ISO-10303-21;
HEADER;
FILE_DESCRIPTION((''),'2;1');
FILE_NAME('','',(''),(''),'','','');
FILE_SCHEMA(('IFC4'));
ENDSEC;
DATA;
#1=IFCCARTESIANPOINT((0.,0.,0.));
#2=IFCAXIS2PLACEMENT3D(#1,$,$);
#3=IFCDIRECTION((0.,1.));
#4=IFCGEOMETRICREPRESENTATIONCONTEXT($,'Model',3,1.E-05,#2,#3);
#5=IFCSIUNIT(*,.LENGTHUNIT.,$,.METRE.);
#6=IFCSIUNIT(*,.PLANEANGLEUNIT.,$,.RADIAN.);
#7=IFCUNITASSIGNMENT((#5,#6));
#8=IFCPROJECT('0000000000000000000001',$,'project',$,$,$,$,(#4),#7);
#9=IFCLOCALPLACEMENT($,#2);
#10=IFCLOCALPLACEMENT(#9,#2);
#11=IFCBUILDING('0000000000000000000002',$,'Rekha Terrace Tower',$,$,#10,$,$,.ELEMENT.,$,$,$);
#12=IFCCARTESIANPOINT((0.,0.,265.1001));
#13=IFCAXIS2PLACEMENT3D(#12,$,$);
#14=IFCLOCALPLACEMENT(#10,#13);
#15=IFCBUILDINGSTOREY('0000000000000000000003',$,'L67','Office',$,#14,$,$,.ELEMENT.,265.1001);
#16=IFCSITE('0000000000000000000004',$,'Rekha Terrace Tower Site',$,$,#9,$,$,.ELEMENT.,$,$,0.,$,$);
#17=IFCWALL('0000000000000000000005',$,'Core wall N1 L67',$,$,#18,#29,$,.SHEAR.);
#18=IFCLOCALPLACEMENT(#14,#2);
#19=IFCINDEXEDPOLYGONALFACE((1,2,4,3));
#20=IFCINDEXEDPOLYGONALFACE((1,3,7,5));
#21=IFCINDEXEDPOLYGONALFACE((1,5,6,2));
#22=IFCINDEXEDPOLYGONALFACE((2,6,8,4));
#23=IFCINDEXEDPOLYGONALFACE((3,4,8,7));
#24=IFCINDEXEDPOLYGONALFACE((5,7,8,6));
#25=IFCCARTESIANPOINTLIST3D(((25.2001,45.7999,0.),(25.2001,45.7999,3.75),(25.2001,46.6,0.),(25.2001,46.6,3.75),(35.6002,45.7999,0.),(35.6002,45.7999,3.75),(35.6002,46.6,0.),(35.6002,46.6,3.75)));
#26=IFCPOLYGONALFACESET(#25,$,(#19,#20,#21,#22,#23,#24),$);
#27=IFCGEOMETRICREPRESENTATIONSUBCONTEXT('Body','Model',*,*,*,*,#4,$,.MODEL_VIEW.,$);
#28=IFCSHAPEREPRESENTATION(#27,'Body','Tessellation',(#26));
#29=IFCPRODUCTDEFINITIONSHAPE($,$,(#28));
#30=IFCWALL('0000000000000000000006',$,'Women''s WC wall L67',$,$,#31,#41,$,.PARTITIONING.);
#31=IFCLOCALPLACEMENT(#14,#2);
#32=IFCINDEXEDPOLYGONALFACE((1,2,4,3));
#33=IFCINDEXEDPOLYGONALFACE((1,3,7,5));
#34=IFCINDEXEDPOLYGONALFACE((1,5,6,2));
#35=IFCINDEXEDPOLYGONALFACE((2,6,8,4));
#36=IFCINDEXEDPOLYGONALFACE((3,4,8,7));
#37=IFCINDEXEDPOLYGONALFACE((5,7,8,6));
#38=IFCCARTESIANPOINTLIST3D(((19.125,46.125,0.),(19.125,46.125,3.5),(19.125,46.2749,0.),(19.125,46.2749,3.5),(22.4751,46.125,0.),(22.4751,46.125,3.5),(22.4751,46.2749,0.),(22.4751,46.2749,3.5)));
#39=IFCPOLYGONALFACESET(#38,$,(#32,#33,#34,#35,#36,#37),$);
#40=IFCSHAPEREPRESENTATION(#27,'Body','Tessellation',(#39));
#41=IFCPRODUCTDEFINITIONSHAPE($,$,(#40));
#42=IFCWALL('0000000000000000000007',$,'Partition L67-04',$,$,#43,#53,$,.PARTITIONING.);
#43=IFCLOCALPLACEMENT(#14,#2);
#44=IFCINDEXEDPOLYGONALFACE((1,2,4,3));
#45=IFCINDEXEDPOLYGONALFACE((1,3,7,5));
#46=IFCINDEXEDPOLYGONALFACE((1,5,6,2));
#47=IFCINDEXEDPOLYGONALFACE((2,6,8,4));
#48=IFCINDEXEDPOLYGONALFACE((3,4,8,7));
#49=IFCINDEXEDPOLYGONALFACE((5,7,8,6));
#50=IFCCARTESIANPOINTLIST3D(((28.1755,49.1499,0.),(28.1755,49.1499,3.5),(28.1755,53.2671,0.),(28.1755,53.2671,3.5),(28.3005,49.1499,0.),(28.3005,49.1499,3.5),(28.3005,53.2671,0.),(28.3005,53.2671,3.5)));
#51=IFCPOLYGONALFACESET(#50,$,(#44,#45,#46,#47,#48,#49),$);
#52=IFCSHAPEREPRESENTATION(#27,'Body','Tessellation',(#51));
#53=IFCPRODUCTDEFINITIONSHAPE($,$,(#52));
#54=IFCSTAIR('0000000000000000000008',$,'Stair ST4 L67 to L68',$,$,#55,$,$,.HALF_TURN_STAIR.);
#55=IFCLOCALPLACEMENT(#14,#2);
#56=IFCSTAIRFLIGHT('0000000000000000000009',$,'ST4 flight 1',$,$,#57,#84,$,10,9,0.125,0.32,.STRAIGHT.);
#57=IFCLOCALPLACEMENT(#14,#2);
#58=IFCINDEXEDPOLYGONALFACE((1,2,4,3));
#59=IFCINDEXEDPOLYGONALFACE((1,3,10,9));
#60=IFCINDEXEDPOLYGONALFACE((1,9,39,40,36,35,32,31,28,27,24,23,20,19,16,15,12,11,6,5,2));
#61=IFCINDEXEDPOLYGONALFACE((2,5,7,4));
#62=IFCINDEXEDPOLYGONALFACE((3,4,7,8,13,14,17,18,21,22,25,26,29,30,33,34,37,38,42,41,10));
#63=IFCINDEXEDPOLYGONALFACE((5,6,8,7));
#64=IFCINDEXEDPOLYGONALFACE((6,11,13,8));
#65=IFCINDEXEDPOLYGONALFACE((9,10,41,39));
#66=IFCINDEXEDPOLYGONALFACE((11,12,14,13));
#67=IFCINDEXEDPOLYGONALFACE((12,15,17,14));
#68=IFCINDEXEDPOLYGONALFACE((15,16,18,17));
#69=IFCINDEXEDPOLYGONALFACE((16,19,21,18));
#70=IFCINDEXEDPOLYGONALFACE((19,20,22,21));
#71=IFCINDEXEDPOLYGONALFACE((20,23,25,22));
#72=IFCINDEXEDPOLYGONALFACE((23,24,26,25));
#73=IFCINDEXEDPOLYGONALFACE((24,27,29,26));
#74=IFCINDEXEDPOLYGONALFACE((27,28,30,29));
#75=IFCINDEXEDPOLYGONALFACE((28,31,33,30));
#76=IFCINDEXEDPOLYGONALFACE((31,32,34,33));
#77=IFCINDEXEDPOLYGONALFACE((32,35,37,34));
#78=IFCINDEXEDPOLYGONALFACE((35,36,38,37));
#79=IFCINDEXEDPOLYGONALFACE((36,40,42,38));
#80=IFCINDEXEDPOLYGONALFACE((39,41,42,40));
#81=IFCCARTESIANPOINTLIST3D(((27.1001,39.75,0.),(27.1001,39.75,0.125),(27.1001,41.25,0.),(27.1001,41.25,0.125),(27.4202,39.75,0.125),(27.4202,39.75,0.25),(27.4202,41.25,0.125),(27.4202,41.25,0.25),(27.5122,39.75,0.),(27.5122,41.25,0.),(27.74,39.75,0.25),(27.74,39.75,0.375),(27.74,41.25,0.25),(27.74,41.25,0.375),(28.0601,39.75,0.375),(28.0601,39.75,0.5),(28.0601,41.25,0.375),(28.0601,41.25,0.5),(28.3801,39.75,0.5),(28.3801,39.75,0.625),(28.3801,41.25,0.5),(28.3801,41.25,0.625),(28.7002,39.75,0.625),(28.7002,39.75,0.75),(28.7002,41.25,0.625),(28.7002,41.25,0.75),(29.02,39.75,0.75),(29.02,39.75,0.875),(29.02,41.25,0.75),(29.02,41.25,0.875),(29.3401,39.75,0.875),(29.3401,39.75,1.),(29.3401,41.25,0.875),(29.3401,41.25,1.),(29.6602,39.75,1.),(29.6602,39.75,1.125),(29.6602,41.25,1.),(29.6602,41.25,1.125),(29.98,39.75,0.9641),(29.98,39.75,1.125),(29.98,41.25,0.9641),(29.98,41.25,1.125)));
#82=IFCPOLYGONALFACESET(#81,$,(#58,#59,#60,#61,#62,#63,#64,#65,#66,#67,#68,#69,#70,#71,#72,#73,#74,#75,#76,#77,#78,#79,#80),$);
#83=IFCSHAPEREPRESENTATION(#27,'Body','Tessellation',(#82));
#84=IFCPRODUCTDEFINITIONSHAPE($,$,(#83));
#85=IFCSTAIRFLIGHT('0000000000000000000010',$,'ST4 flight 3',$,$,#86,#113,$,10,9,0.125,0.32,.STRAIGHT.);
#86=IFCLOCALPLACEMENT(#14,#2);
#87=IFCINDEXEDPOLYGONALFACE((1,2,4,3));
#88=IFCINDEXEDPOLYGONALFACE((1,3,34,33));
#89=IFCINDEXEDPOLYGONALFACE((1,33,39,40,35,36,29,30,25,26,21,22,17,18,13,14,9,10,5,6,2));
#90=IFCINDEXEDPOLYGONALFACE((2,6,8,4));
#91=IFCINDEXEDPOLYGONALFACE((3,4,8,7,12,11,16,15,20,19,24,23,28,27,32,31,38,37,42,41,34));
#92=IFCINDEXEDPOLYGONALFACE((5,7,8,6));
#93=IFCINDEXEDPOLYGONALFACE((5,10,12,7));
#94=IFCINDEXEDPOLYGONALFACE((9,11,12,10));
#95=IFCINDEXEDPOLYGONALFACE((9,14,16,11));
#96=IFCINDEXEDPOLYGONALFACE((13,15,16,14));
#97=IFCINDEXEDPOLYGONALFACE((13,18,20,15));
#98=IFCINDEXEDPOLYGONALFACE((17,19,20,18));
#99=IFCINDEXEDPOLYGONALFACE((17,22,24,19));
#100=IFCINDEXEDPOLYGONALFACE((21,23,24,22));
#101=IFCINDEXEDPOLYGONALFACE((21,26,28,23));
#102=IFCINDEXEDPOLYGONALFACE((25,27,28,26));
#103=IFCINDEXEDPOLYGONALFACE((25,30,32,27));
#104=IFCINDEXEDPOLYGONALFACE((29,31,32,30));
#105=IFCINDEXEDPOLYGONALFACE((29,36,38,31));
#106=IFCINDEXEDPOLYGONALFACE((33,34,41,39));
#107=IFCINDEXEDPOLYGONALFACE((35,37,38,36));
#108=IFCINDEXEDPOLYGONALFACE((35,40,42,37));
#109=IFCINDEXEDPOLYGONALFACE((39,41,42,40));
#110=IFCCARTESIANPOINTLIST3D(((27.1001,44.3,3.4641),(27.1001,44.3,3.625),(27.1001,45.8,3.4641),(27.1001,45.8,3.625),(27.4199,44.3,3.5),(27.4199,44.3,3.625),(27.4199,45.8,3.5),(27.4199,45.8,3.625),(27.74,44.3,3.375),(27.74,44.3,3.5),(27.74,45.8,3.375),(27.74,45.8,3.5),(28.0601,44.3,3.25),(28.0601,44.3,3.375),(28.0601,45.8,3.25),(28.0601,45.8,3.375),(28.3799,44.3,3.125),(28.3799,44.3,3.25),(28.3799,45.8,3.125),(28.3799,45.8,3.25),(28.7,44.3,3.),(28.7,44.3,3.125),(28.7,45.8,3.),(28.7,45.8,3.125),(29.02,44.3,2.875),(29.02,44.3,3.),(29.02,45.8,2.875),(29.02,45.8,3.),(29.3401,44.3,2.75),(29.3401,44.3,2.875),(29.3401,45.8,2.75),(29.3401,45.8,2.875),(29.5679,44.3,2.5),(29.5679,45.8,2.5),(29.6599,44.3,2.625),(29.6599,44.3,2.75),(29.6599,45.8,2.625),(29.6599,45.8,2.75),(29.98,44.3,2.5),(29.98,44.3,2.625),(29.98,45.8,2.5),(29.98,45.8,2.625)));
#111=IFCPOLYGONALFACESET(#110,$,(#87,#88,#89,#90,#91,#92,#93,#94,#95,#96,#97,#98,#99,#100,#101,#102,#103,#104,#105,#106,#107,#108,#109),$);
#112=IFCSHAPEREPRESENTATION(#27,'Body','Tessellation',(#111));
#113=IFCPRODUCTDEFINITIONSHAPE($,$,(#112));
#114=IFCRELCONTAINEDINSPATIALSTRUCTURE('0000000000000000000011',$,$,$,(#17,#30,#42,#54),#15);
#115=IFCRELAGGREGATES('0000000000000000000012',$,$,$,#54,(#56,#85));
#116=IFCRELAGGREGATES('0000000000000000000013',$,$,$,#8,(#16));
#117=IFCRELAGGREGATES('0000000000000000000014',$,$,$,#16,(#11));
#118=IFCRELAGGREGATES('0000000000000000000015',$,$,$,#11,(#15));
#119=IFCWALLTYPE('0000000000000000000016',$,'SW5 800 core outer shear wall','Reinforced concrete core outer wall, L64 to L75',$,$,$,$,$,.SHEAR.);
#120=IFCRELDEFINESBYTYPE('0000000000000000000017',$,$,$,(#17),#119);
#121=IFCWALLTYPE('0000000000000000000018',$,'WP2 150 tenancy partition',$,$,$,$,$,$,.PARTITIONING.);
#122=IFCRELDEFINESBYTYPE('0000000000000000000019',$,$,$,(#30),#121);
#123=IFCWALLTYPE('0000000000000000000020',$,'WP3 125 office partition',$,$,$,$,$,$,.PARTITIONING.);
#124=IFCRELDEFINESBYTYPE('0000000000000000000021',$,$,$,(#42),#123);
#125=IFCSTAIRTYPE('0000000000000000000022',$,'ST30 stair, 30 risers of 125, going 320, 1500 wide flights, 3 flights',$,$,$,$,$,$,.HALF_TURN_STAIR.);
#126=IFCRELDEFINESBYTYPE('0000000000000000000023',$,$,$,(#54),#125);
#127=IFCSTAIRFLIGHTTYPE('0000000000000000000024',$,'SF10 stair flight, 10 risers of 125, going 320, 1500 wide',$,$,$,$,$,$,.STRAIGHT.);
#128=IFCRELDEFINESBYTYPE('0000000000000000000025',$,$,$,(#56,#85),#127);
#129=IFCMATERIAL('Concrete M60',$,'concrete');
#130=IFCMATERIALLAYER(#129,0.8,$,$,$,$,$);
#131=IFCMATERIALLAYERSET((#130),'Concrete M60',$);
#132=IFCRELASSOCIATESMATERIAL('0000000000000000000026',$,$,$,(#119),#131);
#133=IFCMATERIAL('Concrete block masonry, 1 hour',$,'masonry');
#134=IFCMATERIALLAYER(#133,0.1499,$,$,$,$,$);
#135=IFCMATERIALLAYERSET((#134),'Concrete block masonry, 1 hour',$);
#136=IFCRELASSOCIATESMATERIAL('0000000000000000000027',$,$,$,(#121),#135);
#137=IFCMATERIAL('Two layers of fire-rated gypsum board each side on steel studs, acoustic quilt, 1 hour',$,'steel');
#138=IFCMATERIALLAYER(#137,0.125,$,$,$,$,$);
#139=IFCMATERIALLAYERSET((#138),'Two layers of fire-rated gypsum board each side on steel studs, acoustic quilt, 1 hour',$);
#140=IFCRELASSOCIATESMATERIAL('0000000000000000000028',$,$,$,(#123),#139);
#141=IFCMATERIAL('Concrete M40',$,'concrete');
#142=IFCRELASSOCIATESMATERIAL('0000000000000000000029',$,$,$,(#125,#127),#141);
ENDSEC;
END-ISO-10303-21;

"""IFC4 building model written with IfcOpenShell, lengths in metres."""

from ifc_helpers import new_model, si_unit, direction, frame, frame_2d, origin, place, context, subcontext, project, spatial, polyline, rectangle, outline, extrude, material, layer, layer_set, type_object, element, aggregate, save


model = new_model("IFC4")

# Units and contexts
model_context = context("Model", 3, precision=1e-05, world=origin(), true_north=direction((0.0, 1.0)))
body_context = subcontext(model_context, "Body", "Model", "MODEL_VIEW")
ifc_project = project(units=[si_unit("LENGTHUNIT", "METRE"), si_unit("PLANEANGLEUNIT", "RADIAN")], contexts=[model_context])

# Site, building, storey
site_placement = place(None, origin())
site = spatial("IfcSite", under=ifc_project, at=site_placement, Name="Rekha Terrace Tower Site", CompositionType="ELEMENT", RefElevation=0.0)
building_placement = place(site_placement, origin())
building = spatial("IfcBuilding", under=site, at=building_placement, Name="Rekha Terrace Tower", CompositionType="ELEMENT")
storey_placement = place(building_placement, frame((0.0, 0.0, 265.1001)))
storey = spatial("IfcBuildingStorey", under=building, at=storey_placement, Name="L67", Description="Office", CompositionType="ELEMENT", Elevation=265.1001)

# Shared definitions
ifc_material_1 = material(Name="Concrete M60", Category="concrete")

# Walls
ifc_layer_1 = layer(ifc_material_1, 0.8)
ifc_layer_set_1 = layer_set([ifc_layer_1], Name="Concrete M60")
wall_type_1 = type_object("IfcWallType", Name="SW5 800 core outer shear wall", Description="Reinforced concrete core outer wall, L64 to L75", PredefinedType="SHEAR", material=ifc_layer_set_1)
wall_1_placement = place(storey_placement, frame((25.2, 46.2, 0.0), z_axis=(0.0, 0.0, 1.0), x_axis=(1.0, 0.0, 0.0)))
element("IfcWall", 1, at=wall_1_placement, inside=storey, type_object=wall_type_1, Name="Core wall N1 L67", PredefinedType="SHEAR", context=body_context, shape_type="SweptSolid", body=[
    extrude(rectangle(XDim=10.4001, YDim=0.8, at=frame_2d((5.2002, 0.0))), origin(), (0.0, 0.0, 1.0), 3.75),
])
ifc_material_2 = material(Name="Concrete block masonry, 1 hour", Category="masonry")
ifc_layer_2 = layer(ifc_material_2, 0.1499)
ifc_layer_set_2 = layer_set([ifc_layer_2], Name="Concrete block masonry, 1 hour")
wall_type_2 = type_object("IfcWallType", Name="WP2 150 tenancy partition", PredefinedType="PARTITIONING", material=ifc_layer_set_2)
wall_2_placement = place(storey_placement, frame((19.125, 46.2, 0.0), z_axis=(0.0, 0.0, 1.0), x_axis=(1.0, 0.0, 0.0)))
element("IfcWall", 2, at=wall_2_placement, inside=storey, type_object=wall_type_2, Name="Women's WC wall L67", PredefinedType="PARTITIONING", context=body_context, shape_type="SweptSolid", body=[
    extrude(rectangle(XDim=3.3501, YDim=0.1499, at=frame_2d((1.675, 0.0))), origin(), (0.0, 0.0, 1.0), 3.5),
])
ifc_material_3 = material(Name="Two layers of fire-rated gypsum board each side on steel studs, acoustic quilt, 1 hour", Category="steel")
ifc_layer_3 = layer(ifc_material_3, 0.125)
ifc_layer_set_3 = layer_set([ifc_layer_3], Name="Two layers of fire-rated gypsum board each side on steel studs, acoustic quilt, 1 hour")
wall_type_3 = type_object("IfcWallType", Name="WP3 125 office partition", PredefinedType="PARTITIONING", material=ifc_layer_set_3)
wall_3_placement = place(storey_placement, frame((28.238, 49.1499, 0.0), z_axis=(0.0, 0.0, 1.0), x_axis=(0.0, 1.0, 0.0)))
element("IfcWall", 3, at=wall_3_placement, inside=storey, type_object=wall_type_3, Name="Partition L67-04", PredefinedType="PARTITIONING", context=body_context, shape_type="SweptSolid", body=[
    extrude(rectangle(XDim=4.1172, YDim=0.125, at=frame_2d((2.0586, 0.0))), origin(), (0.0, 0.0, 1.0), 3.5),
])

# Stair, stair flights
ifc_material_4 = material(Name="Concrete M40", Category="concrete")
stair_type = type_object("IfcStairType", Name="ST30 stair, 30 risers of 125, going 320, 1500 wide flights, 3 flights", PredefinedType="HALF_TURN_STAIR", material=ifc_material_4)
stair_placement = place(storey_placement, origin())
stair = element("IfcStair", 4, at=stair_placement, inside=storey, type_object=stair_type, Name="Stair ST4 L67 to L68", PredefinedType="HALF_TURN_STAIR")
stair_flight_type = type_object("IfcStairFlightType", Name="SF10 stair flight, 10 risers of 125, going 320, 1500 wide", PredefinedType="STRAIGHT", material=ifc_material_4)
stair_flight_1_placement = place(storey_placement, frame((27.1001, 40.5, 0.0), z_axis=(0.0, 0.0, 1.0), x_axis=(1.0, 0.0, 0.0)))
stair_flight_1 = element("IfcStairFlight", 5, at=stair_flight_1_placement, type_object=stair_flight_type, Name="ST4 flight 1", NumberOfRisers=10, NumberOfTreads=9, PredefinedType="STRAIGHT", RiserHeight=0.125, TreadLength=0.32, context=body_context, shape_type="SweptSolid", body=[
    extrude(outline(polyline([(0.0, 0.0), (0.0, 0.125), (0.3201, 0.125), (0.3201, 0.25), (0.6399, 0.25), (0.6399, 0.375), (0.96, 0.375), (0.96, 0.5), (1.28, 0.5), (1.28, 0.625), (1.6001, 0.625), (1.6001, 0.75), (1.9199, 0.75), (1.9199, 0.875), (2.24, 0.875), (2.24, 1.0), (2.5601, 1.0), (2.5601, 1.125), (2.8799, 1.125), (2.8799, 1.25), (2.8799, 0.9641), (0.4121, 0.0), (0.0, 0.0)])), frame((0.0, 0.75, 0.0), z_axis=(0.0, -1.0, 0.0), x_axis=(1.0, 0.0, 0.0)), (0.0, 0.0, 1.0), 1.5),
])
stair_flight_2_placement = place(storey_placement, frame((29.98, 45.05, 2.5), z_axis=(0.0, 0.0, 1.0), x_axis=(-1.0, 0.0, 0.0)))
stair_flight_2 = element("IfcStairFlight", 6, at=stair_flight_2_placement, type_object=stair_flight_type, Name="ST4 flight 3", NumberOfRisers=10, NumberOfTreads=9, PredefinedType="STRAIGHT", RiserHeight=0.125, TreadLength=0.32, context=body_context, shape_type="SweptSolid", body=[
    extrude(outline(polyline([(0.0, 0.0), (0.0, 0.125), (0.3201, 0.125), (0.3201, 0.25), (0.6399, 0.25), (0.6399, 0.375), (0.96, 0.375), (0.96, 0.5), (1.28, 0.5), (1.28, 0.625), (1.6001, 0.625), (1.6001, 0.75), (1.9199, 0.75), (1.9199, 0.875), (2.24, 0.875), (2.24, 1.0), (2.5601, 1.0), (2.5601, 1.125), (2.8799, 1.125), (2.8799, 1.25), (2.8799, 0.9641), (0.4121, 0.0), (0.0, 0.0)])), frame((0.0, 0.75, 0.0), z_axis=(0.0, -1.0, 0.0), x_axis=(1.0, 0.0, 0.0)), (0.0, 0.0, 1.0), 1.5),
])
aggregate(stair, [stair_flight_1, stair_flight_2])

save(model, "model.ifc")
